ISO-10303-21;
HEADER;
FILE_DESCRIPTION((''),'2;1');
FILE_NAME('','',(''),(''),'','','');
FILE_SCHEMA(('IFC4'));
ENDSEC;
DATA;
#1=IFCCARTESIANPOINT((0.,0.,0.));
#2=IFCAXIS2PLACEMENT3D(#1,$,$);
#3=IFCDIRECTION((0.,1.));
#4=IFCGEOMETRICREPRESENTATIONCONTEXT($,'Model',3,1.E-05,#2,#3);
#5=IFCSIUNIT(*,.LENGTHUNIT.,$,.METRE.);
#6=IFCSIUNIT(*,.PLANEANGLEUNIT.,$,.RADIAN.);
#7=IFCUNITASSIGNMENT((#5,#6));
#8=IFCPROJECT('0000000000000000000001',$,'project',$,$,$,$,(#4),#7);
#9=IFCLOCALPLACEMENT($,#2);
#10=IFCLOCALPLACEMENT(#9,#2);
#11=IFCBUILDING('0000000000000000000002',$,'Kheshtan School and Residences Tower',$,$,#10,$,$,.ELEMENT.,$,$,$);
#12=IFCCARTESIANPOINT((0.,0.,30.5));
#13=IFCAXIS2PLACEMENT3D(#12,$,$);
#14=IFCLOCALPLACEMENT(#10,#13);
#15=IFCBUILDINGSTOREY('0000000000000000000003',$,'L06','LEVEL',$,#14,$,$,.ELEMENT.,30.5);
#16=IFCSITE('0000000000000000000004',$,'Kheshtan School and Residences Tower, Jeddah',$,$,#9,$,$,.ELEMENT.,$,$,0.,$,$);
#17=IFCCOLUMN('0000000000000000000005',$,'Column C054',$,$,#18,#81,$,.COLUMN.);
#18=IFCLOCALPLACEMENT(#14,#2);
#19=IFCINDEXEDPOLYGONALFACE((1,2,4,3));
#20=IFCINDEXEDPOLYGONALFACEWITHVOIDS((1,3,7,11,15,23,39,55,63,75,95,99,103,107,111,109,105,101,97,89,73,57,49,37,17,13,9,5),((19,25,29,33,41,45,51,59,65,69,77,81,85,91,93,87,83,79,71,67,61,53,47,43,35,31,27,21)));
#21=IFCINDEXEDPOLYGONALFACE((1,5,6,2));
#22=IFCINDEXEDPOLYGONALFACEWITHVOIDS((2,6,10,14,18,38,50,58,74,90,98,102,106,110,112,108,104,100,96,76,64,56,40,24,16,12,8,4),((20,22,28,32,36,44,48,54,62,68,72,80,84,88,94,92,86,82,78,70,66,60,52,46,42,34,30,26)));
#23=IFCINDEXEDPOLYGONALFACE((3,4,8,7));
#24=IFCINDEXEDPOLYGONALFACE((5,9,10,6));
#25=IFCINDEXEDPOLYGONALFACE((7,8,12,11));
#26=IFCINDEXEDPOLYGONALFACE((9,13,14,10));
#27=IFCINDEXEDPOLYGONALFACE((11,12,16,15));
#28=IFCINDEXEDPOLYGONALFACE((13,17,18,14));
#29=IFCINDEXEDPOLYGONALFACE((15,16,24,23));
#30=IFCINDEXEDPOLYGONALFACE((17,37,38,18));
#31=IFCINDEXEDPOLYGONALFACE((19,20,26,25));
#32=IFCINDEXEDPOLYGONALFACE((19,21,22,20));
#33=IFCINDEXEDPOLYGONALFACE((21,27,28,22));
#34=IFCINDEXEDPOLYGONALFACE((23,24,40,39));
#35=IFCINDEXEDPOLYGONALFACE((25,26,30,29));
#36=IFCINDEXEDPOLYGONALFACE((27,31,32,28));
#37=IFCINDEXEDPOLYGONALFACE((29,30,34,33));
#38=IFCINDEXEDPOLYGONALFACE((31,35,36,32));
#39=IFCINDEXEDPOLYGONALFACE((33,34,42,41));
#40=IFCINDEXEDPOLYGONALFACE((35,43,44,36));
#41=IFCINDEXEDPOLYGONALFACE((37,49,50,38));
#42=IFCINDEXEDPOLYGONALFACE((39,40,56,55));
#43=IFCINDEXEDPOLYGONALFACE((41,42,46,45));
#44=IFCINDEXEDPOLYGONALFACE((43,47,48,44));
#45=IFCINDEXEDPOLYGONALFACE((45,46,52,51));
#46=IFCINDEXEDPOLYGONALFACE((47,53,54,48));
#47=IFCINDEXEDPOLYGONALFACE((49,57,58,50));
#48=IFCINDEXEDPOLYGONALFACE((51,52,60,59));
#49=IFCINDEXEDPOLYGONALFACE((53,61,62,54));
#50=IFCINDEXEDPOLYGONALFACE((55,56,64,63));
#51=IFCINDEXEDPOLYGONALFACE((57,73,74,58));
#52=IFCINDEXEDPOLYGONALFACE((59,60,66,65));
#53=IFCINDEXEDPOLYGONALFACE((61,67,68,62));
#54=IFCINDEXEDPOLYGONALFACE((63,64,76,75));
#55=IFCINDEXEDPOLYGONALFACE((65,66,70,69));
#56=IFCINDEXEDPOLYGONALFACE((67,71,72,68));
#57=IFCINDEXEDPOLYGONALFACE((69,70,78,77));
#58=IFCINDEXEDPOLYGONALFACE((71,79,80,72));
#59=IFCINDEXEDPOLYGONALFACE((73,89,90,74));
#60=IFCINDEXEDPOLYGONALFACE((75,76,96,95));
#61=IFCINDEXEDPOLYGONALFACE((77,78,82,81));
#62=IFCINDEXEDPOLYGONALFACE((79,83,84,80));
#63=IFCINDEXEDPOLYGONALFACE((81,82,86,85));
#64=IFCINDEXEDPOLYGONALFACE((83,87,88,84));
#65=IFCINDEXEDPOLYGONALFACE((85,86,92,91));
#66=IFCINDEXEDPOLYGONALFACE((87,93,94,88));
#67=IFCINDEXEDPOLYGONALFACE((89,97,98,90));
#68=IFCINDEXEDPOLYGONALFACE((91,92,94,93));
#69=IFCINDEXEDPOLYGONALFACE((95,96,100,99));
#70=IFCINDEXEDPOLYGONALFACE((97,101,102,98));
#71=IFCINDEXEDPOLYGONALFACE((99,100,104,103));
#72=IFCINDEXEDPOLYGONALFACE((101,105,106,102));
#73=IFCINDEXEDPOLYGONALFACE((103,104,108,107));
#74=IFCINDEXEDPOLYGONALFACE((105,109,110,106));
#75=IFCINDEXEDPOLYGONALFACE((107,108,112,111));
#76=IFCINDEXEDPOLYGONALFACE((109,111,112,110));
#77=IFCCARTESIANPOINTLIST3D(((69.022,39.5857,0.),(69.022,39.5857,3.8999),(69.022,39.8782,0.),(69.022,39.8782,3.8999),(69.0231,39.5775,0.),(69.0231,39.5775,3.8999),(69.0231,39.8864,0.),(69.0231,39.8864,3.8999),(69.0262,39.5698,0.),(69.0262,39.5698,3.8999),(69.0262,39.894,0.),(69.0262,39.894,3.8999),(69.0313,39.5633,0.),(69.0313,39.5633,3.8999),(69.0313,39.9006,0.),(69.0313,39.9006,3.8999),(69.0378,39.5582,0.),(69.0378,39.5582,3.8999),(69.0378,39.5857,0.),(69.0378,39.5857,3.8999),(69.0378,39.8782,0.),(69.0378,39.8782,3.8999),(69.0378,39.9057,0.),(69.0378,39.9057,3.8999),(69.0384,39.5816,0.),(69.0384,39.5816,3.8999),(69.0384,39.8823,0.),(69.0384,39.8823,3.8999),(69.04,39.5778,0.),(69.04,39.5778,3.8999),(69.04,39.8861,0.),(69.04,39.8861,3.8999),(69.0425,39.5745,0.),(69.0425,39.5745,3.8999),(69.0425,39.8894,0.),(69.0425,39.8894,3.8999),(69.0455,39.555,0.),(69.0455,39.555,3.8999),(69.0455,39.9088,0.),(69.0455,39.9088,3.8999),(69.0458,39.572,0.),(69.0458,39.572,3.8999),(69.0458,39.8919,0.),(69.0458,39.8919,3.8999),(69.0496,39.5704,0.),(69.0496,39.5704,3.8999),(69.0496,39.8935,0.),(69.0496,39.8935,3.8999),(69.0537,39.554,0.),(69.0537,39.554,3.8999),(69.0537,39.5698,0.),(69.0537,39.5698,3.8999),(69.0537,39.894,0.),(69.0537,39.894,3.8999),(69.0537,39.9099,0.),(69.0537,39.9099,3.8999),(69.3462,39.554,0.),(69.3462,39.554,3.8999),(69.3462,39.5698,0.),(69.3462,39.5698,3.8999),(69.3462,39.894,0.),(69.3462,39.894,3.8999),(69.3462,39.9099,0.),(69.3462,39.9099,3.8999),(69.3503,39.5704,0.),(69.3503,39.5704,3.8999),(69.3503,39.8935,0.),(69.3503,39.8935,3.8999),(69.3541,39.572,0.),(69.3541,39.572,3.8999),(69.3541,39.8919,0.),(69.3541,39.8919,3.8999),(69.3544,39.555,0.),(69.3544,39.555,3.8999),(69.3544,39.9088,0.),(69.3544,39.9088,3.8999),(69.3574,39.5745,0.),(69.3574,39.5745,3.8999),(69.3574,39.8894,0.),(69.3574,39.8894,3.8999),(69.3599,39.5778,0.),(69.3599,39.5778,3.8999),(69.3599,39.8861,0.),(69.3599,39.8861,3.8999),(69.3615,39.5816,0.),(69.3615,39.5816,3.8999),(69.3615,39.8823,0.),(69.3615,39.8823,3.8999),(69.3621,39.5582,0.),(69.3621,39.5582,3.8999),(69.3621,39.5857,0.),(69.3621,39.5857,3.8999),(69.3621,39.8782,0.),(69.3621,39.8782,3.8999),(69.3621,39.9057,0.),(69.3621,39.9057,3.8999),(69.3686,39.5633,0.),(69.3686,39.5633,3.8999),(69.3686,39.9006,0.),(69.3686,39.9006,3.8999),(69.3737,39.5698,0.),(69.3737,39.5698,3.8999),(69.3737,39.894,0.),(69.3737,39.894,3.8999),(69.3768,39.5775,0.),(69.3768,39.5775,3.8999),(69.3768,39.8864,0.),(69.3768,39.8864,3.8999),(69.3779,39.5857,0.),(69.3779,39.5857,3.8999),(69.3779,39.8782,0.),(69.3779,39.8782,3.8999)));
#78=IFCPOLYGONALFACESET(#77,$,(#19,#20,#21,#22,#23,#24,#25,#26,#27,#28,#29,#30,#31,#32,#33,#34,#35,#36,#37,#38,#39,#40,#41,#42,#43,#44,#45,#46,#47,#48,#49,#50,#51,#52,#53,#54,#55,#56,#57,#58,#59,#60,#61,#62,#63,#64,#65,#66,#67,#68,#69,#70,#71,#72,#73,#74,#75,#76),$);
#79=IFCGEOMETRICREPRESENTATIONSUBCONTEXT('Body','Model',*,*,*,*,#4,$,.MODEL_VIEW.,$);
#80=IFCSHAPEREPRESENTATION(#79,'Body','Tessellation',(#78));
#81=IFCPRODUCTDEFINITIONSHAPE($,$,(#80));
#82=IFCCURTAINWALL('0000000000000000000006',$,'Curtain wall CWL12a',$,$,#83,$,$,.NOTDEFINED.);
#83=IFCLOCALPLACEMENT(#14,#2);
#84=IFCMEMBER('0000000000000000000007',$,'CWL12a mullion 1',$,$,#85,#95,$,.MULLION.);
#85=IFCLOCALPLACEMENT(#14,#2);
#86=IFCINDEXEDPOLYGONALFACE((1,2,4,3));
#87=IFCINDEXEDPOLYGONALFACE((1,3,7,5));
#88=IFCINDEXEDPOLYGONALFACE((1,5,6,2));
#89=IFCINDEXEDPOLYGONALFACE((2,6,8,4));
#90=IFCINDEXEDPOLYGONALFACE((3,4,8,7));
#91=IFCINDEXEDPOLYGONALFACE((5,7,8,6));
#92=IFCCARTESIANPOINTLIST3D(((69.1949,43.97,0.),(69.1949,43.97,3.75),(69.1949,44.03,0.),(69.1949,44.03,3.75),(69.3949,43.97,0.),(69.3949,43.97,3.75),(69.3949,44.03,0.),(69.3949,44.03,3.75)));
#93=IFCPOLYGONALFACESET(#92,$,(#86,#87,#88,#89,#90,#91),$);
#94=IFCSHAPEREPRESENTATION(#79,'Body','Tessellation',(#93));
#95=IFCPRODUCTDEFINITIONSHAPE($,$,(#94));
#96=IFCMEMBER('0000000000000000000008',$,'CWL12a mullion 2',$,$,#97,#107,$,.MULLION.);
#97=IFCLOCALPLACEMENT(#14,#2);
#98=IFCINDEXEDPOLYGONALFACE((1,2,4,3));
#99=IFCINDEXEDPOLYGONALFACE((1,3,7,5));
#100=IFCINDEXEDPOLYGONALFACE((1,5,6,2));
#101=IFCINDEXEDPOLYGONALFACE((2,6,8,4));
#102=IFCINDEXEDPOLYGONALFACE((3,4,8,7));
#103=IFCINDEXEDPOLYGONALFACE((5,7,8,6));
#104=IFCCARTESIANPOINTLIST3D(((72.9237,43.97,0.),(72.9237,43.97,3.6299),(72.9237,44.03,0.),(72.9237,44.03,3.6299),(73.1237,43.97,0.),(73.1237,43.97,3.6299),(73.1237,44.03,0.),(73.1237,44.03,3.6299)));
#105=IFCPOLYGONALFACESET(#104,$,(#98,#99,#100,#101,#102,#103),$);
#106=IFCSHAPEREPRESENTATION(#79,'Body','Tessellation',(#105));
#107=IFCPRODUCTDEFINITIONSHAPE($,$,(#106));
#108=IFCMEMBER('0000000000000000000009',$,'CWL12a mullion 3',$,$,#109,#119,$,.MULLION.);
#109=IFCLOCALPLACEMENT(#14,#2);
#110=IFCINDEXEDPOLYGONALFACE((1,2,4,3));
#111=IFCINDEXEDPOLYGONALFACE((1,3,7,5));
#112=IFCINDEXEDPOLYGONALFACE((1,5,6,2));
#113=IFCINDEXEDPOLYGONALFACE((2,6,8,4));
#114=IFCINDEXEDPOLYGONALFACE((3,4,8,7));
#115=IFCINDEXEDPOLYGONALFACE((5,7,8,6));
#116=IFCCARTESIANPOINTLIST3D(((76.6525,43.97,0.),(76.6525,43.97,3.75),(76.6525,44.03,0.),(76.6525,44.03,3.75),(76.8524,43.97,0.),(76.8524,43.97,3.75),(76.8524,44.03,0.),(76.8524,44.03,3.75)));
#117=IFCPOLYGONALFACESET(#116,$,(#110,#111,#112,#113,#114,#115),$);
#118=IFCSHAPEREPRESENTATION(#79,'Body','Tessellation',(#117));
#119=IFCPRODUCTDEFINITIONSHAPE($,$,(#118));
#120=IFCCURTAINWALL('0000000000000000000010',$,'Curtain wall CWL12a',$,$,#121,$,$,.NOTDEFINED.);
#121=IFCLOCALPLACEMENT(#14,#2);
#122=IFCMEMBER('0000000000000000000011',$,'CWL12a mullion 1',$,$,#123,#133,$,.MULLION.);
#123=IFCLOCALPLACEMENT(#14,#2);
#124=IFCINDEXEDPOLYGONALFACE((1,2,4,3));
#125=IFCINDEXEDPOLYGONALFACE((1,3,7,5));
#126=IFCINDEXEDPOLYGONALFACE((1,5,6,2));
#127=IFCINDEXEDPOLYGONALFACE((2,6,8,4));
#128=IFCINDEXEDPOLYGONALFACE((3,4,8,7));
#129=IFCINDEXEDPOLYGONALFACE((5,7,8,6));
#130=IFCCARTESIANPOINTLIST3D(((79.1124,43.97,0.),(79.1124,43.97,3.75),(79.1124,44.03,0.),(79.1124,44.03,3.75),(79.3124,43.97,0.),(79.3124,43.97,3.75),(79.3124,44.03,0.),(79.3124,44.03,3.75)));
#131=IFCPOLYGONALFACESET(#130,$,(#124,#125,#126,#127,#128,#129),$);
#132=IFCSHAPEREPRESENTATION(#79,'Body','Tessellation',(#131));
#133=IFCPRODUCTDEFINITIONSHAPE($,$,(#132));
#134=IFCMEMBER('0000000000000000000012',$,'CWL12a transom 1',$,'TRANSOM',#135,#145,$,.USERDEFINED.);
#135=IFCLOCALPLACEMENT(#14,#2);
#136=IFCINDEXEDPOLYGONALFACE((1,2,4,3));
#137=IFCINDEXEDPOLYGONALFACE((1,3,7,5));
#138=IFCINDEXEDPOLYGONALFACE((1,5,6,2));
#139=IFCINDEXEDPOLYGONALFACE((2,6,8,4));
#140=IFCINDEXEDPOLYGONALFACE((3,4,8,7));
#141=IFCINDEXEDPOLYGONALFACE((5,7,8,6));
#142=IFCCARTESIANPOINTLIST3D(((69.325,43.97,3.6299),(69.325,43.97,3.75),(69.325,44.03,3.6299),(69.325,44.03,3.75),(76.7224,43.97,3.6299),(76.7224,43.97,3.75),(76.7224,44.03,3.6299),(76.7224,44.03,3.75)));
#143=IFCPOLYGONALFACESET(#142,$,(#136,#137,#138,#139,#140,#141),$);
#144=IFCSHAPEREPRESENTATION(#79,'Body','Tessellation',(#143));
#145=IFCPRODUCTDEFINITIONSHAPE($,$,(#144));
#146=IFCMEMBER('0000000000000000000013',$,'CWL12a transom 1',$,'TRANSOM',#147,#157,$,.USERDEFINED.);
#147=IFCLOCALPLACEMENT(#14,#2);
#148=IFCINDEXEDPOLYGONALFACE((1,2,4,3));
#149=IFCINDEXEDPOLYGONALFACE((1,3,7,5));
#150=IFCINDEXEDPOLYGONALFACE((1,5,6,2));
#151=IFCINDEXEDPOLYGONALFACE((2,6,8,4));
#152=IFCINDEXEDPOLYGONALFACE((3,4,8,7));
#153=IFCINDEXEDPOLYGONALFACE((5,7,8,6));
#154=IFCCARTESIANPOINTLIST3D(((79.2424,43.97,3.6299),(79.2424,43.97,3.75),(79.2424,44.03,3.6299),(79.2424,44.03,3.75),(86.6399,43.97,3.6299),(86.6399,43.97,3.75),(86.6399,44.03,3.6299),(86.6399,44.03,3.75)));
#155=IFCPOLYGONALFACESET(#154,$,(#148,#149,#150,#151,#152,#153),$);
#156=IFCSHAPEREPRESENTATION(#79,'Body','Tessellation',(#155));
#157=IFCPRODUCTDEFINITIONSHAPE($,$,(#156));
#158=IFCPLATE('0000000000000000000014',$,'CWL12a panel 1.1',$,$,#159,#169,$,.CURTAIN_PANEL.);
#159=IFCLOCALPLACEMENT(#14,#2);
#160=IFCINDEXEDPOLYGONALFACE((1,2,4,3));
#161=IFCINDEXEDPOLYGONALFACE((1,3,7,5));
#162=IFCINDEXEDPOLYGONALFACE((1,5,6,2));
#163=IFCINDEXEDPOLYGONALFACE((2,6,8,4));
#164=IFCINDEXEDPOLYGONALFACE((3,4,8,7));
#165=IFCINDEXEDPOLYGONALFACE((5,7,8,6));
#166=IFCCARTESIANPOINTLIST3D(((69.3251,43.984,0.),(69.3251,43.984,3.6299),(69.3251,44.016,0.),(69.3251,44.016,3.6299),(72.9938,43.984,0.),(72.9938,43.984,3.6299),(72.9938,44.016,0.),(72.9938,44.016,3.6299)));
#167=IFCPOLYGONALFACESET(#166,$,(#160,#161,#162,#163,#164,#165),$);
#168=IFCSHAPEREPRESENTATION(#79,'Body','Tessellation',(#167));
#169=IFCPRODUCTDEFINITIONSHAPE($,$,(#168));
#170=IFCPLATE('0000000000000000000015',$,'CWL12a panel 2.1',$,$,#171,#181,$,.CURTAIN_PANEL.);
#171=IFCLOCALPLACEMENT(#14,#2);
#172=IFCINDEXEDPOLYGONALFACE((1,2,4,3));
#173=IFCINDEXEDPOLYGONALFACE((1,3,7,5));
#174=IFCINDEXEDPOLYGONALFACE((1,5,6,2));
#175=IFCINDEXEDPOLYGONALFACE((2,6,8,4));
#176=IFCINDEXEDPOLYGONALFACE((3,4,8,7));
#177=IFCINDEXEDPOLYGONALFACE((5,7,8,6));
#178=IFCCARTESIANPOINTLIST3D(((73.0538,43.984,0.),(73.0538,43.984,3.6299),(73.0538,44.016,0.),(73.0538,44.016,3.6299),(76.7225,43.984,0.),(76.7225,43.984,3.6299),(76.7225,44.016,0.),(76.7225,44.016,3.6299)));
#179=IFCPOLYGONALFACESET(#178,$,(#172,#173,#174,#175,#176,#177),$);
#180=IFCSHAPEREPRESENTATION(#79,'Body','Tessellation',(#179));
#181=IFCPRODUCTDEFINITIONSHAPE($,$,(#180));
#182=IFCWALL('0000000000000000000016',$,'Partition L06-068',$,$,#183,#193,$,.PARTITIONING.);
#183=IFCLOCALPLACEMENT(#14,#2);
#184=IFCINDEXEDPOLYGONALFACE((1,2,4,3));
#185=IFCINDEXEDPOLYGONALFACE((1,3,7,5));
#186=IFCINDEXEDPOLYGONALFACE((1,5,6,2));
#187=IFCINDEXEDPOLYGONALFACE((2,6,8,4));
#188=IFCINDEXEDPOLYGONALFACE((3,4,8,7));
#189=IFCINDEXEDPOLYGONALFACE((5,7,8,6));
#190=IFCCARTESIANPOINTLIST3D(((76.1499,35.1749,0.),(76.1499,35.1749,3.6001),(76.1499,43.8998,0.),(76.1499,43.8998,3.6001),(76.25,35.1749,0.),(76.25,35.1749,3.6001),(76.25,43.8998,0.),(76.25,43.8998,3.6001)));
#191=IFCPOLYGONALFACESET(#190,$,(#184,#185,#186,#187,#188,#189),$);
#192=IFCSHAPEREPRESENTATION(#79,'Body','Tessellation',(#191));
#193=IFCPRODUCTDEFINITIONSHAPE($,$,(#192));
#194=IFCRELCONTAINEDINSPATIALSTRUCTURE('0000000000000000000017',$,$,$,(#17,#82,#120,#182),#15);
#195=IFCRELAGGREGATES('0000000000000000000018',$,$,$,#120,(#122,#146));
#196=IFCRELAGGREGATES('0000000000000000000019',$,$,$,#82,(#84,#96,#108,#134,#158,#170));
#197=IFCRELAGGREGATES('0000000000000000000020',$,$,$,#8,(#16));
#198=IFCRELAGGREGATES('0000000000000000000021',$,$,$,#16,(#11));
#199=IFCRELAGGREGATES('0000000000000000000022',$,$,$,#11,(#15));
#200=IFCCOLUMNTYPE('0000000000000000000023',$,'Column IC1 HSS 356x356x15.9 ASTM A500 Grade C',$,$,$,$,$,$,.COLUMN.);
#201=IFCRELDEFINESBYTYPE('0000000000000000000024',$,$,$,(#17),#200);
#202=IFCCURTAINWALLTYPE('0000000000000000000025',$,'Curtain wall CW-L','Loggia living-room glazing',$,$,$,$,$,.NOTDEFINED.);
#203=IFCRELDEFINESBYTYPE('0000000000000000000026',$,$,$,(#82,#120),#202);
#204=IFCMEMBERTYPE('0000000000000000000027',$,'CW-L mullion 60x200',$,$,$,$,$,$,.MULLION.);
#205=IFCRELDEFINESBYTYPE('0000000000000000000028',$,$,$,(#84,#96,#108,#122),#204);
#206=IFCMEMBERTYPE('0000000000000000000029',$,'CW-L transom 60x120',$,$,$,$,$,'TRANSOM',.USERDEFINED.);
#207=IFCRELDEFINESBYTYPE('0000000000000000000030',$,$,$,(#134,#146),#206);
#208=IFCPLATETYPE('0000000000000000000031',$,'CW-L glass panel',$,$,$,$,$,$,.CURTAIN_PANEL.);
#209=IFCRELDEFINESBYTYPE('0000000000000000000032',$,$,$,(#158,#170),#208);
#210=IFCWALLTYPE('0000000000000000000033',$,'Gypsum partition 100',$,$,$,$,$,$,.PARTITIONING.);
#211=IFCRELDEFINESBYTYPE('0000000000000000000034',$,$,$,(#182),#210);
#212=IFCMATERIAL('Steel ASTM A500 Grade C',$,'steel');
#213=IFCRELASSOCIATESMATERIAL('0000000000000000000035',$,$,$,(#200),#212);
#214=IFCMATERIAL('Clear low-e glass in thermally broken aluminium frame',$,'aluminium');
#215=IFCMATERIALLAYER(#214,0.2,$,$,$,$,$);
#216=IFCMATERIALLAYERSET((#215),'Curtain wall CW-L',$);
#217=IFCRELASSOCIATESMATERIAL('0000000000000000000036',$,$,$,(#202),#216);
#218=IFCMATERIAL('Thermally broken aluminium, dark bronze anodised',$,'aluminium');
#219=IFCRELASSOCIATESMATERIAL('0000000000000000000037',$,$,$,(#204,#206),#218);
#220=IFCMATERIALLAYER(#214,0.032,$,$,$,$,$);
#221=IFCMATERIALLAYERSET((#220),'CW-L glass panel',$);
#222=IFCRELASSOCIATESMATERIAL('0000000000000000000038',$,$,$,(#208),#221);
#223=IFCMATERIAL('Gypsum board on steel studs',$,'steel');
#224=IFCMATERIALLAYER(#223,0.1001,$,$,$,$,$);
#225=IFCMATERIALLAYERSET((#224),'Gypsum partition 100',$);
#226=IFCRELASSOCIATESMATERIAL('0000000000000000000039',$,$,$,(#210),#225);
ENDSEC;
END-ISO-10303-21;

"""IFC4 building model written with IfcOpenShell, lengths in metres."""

from ifc_helpers import new_model, si_unit, direction, frame, frame_2d, origin, origin_2d, place, context, subcontext, project, spatial, rectangle, hollow_rectangle, extrude, material, layer, layer_set, material_profile, profile_set, type_object, element, aggregate, save


model = new_model("IFC4")

# Units and contexts
model_context = context("Model", 3, precision=1e-05, world=origin(), true_north=direction((0.0, 1.0)))
body_context = subcontext(model_context, "Body", "Model", "MODEL_VIEW")
ifc_project = project(units=[si_unit("LENGTHUNIT", "METRE"), si_unit("PLANEANGLEUNIT", "RADIAN")], contexts=[model_context])

# Site, building, storey
site_placement = place(None, origin())
site = spatial("IfcSite", under=ifc_project, at=site_placement, Name="Kheshtan School and Residences Tower, Jeddah", CompositionType="ELEMENT", RefElevation=0.0)
building_placement = place(site_placement, origin())
building = spatial("IfcBuilding", under=site, at=building_placement, Name="Kheshtan School and Residences Tower", CompositionType="ELEMENT")
storey_placement = place(building_placement, frame((0.0, 0.0, 30.5)))
storey = spatial("IfcBuildingStorey", under=building, at=storey_placement, Name="L06", Description="LEVEL", CompositionType="ELEMENT", Elevation=30.5)

# Column
ifc_material_1 = material(Name="Steel ASTM A500 Grade C", Category="steel")
ifc_material_profile_1 = material_profile(ifc_material_1, hollow_rectangle(XDim=0.356, YDim=0.356, WallThickness=0.0159, InnerFilletRadius=0.0159, OuterFilletRadius=0.0317, at=origin_2d()), Name="HSS 356x356x15.9")
ifc_profile_set_1 = profile_set([ifc_material_profile_1], Name="Steel ASTM A500 Grade C")
column_type = type_object("IfcColumnType", Name="Column IC1 HSS 356x356x15.9 ASTM A500 Grade C", PredefinedType="COLUMN", material=ifc_profile_set_1)
column_placement = place(storey_placement, frame((69.2, 39.7319, 0.0), z_axis=(0.0, 0.0, 1.0), x_axis=(1.0, 0.0, 0.0)))
element("IfcColumn", 1, at=column_placement, inside=storey, type_object=column_type, Name="Column C054", PredefinedType="COLUMN", context=body_context, shape_type="SweptSolid", body=[
    extrude(hollow_rectangle(XDim=0.356, YDim=0.356, WallThickness=0.0159, InnerFilletRadius=0.0159, OuterFilletRadius=0.0317, at=origin_2d()), origin(), (0.0, 0.0, 1.0), 3.8999),
])

# Curtain wall, members
ifc_material_2 = material(Name="Clear low-e glass in thermally broken aluminium frame", Category="aluminium")
ifc_layer_1 = layer(ifc_material_2, 0.2)
ifc_layer_set_1 = layer_set([ifc_layer_1], Name="Curtain wall CW-L")
curtain_wall_type = type_object("IfcCurtainWallType", Name="Curtain wall CW-L", Description="Loggia living-room glazing", PredefinedType="NOTDEFINED", material=ifc_layer_set_1)
curtain_wall_1_placement = place(storey_placement, origin())
curtain_wall_1 = element("IfcCurtainWall", 2, at=curtain_wall_1_placement, inside=storey, type_object=curtain_wall_type, Name="Curtain wall CWL12a", PredefinedType="NOTDEFINED")
ifc_material_3 = material(Name="Thermally broken aluminium, dark bronze anodised", Category="aluminium")
ifc_material_profile_2 = material_profile(ifc_material_3, rectangle(XDim=0.0601, YDim=0.2, at=origin_2d()), Name="CW-L mullion 60x200")
ifc_profile_set_2 = profile_set([ifc_material_profile_2], Name="Thermally broken aluminium, dark bronze anodised")
member_type_1 = type_object("IfcMemberType", Name="CW-L mullion 60x200", PredefinedType="MULLION", material=ifc_profile_set_2)
member_1_placement = place(storey_placement, frame((69.2949, 44.0, 0.0), z_axis=(0.0, 0.0, 1.0), x_axis=(0.0, 1.0, 0.0)))
member_1 = element("IfcMember", 3, at=member_1_placement, type_object=member_type_1, Name="CWL12a mullion 1", PredefinedType="MULLION", context=body_context, shape_type="SweptSolid", body=[
    extrude(rectangle(XDim=0.0601, YDim=0.2, at=origin_2d()), origin(), (0.0, 0.0, 1.0), 3.75),
])
member_2_placement = place(storey_placement, frame((73.0237, 44.0, 0.0), z_axis=(0.0, 0.0, 1.0), x_axis=(0.0, 1.0, 0.0)))
member_2 = element("IfcMember", 4, at=member_2_placement, type_object=member_type_1, Name="CWL12a mullion 2", PredefinedType="MULLION", context=body_context, shape_type="SweptSolid", body=[
    extrude(rectangle(XDim=0.0601, YDim=0.2, at=origin_2d()), origin(), (0.0, 0.0, 1.0), 3.6299),
])
member_3_placement = place(storey_placement, frame((76.7524, 44.0, 0.0), z_axis=(0.0, 0.0, 1.0), x_axis=(0.0, 1.0, 0.0)))
member_3 = element("IfcMember", 5, at=member_3_placement, type_object=member_type_1, Name="CWL12a mullion 3", PredefinedType="MULLION", context=body_context, shape_type="SweptSolid", body=[
    extrude(rectangle(XDim=0.0601, YDim=0.2, at=origin_2d()), origin(), (0.0, 0.0, 1.0), 3.75),
])

# Curtain wall, member
curtain_wall_2_placement = place(storey_placement, origin())
curtain_wall_2 = element("IfcCurtainWall", 6, at=curtain_wall_2_placement, inside=storey, type_object=curtain_wall_type, Name="Curtain wall CWL12a", PredefinedType="NOTDEFINED")
member_4_placement = place(storey_placement, frame((79.2124, 44.0, 0.0), z_axis=(0.0, 0.0, 1.0), x_axis=(0.0, 1.0, 0.0)))
member_4 = element("IfcMember", 7, at=member_4_placement, type_object=member_type_1, Name="CWL12a mullion 1", PredefinedType="MULLION", context=body_context, shape_type="SweptSolid", body=[
    extrude(rectangle(XDim=0.0601, YDim=0.2, at=origin_2d()), origin(), (0.0, 0.0, 1.0), 3.75),
])

# Members
ifc_material_profile_3 = material_profile(ifc_material_3, rectangle(XDim=0.0601, YDim=0.1201, at=origin_2d()), Name="CW-L transom 60x120")
ifc_profile_set_3 = profile_set([ifc_material_profile_3], Name="Thermally broken aluminium, dark bronze anodised")
member_type_2 = type_object("IfcMemberType", Name="CW-L transom 60x120", ElementType="TRANSOM", PredefinedType="USERDEFINED", material=ifc_profile_set_3)
member_5_placement = place(storey_placement, frame((69.325, 44.0, 3.6899), z_axis=(1.0, 0.0, 0.0), x_axis=(0.0, 1.0, 0.0)))
member_5 = element("IfcMember", 8, at=member_5_placement, type_object=member_type_2, Name="CWL12a transom 1", ObjectType="TRANSOM", PredefinedType="USERDEFINED", context=body_context, shape_type="SweptSolid", body=[
    extrude(rectangle(XDim=0.0601, YDim=0.1201, at=origin_2d()), origin(), (0.0, 0.0, 1.0), 7.3975),
])
member_6_placement = place(storey_placement, frame((79.2424, 44.0, 3.6899), z_axis=(1.0, 0.0, 0.0), x_axis=(0.0, 1.0, 0.0)))
member_6 = element("IfcMember", 9, at=member_6_placement, type_object=member_type_2, Name="CWL12a transom 1", ObjectType="TRANSOM", PredefinedType="USERDEFINED", context=body_context, shape_type="SweptSolid", body=[
    extrude(rectangle(XDim=0.0601, YDim=0.1201, at=origin_2d()), origin(), (0.0, 0.0, 1.0), 7.3975),
])
aggregate(curtain_wall_2, [member_4, member_6])

# Plates
ifc_layer_2 = layer(ifc_material_2, 0.032)
ifc_layer_set_2 = layer_set([ifc_layer_2], Name="CW-L glass panel")
plate_type = type_object("IfcPlateType", Name="CW-L glass panel", PredefinedType="CURTAIN_PANEL", material=ifc_layer_set_2)
plate_1_placement = place(storey_placement, frame((71.1594, 44.0, 0.0), z_axis=(0.0, 0.0, 1.0), x_axis=(1.0, 0.0, 0.0)))
plate_1 = element("IfcPlate", 10, at=plate_1_placement, type_object=plate_type, Name="CWL12a panel 1.1", PredefinedType="CURTAIN_PANEL", context=body_context, shape_type="SweptSolid", body=[
    extrude(rectangle(XDim=3.6687, YDim=0.032, at=origin_2d()), origin(), (0.0, 0.0, 1.0), 3.6299),
])
plate_2_placement = place(storey_placement, frame((74.8882, 44.0, 0.0), z_axis=(0.0, 0.0, 1.0), x_axis=(1.0, 0.0, 0.0)))
plate_2 = element("IfcPlate", 11, at=plate_2_placement, type_object=plate_type, Name="CWL12a panel 2.1", PredefinedType="CURTAIN_PANEL", context=body_context, shape_type="SweptSolid", body=[
    extrude(rectangle(XDim=3.6687, YDim=0.032, at=origin_2d()), origin(), (0.0, 0.0, 1.0), 3.6299),
])
aggregate(curtain_wall_1, [member_1, member_2, member_3, member_5, plate_1, plate_2])

# Wall
ifc_material_4 = material(Name="Gypsum board on steel studs", Category="steel")
ifc_layer_3 = layer(ifc_material_4, 0.1001)
ifc_layer_set_3 = layer_set([ifc_layer_3], Name="Gypsum partition 100")
wall_type_1 = type_object("IfcWallType", Name="Gypsum partition 100", PredefinedType="PARTITIONING", material=ifc_layer_set_3)
wall_1_placement = place(storey_placement, frame((76.2, 35.175, 0.0), z_axis=(0.0, 0.0, 1.0), x_axis=(0.0, 1.0, 0.0)))
element("IfcWall", 12, at=wall_1_placement, inside=storey, type_object=wall_type_1, Name="Partition L06-068", PredefinedType="PARTITIONING", context=body_context, shape_type="SweptSolid", body=[
    extrude(rectangle(XDim=8.7249, YDim=0.1001, at=frame_2d((4.3623, 0.0))), origin(), (0.0, 0.0, 1.0), 3.6001),
])

save(model, "model.ifc")
